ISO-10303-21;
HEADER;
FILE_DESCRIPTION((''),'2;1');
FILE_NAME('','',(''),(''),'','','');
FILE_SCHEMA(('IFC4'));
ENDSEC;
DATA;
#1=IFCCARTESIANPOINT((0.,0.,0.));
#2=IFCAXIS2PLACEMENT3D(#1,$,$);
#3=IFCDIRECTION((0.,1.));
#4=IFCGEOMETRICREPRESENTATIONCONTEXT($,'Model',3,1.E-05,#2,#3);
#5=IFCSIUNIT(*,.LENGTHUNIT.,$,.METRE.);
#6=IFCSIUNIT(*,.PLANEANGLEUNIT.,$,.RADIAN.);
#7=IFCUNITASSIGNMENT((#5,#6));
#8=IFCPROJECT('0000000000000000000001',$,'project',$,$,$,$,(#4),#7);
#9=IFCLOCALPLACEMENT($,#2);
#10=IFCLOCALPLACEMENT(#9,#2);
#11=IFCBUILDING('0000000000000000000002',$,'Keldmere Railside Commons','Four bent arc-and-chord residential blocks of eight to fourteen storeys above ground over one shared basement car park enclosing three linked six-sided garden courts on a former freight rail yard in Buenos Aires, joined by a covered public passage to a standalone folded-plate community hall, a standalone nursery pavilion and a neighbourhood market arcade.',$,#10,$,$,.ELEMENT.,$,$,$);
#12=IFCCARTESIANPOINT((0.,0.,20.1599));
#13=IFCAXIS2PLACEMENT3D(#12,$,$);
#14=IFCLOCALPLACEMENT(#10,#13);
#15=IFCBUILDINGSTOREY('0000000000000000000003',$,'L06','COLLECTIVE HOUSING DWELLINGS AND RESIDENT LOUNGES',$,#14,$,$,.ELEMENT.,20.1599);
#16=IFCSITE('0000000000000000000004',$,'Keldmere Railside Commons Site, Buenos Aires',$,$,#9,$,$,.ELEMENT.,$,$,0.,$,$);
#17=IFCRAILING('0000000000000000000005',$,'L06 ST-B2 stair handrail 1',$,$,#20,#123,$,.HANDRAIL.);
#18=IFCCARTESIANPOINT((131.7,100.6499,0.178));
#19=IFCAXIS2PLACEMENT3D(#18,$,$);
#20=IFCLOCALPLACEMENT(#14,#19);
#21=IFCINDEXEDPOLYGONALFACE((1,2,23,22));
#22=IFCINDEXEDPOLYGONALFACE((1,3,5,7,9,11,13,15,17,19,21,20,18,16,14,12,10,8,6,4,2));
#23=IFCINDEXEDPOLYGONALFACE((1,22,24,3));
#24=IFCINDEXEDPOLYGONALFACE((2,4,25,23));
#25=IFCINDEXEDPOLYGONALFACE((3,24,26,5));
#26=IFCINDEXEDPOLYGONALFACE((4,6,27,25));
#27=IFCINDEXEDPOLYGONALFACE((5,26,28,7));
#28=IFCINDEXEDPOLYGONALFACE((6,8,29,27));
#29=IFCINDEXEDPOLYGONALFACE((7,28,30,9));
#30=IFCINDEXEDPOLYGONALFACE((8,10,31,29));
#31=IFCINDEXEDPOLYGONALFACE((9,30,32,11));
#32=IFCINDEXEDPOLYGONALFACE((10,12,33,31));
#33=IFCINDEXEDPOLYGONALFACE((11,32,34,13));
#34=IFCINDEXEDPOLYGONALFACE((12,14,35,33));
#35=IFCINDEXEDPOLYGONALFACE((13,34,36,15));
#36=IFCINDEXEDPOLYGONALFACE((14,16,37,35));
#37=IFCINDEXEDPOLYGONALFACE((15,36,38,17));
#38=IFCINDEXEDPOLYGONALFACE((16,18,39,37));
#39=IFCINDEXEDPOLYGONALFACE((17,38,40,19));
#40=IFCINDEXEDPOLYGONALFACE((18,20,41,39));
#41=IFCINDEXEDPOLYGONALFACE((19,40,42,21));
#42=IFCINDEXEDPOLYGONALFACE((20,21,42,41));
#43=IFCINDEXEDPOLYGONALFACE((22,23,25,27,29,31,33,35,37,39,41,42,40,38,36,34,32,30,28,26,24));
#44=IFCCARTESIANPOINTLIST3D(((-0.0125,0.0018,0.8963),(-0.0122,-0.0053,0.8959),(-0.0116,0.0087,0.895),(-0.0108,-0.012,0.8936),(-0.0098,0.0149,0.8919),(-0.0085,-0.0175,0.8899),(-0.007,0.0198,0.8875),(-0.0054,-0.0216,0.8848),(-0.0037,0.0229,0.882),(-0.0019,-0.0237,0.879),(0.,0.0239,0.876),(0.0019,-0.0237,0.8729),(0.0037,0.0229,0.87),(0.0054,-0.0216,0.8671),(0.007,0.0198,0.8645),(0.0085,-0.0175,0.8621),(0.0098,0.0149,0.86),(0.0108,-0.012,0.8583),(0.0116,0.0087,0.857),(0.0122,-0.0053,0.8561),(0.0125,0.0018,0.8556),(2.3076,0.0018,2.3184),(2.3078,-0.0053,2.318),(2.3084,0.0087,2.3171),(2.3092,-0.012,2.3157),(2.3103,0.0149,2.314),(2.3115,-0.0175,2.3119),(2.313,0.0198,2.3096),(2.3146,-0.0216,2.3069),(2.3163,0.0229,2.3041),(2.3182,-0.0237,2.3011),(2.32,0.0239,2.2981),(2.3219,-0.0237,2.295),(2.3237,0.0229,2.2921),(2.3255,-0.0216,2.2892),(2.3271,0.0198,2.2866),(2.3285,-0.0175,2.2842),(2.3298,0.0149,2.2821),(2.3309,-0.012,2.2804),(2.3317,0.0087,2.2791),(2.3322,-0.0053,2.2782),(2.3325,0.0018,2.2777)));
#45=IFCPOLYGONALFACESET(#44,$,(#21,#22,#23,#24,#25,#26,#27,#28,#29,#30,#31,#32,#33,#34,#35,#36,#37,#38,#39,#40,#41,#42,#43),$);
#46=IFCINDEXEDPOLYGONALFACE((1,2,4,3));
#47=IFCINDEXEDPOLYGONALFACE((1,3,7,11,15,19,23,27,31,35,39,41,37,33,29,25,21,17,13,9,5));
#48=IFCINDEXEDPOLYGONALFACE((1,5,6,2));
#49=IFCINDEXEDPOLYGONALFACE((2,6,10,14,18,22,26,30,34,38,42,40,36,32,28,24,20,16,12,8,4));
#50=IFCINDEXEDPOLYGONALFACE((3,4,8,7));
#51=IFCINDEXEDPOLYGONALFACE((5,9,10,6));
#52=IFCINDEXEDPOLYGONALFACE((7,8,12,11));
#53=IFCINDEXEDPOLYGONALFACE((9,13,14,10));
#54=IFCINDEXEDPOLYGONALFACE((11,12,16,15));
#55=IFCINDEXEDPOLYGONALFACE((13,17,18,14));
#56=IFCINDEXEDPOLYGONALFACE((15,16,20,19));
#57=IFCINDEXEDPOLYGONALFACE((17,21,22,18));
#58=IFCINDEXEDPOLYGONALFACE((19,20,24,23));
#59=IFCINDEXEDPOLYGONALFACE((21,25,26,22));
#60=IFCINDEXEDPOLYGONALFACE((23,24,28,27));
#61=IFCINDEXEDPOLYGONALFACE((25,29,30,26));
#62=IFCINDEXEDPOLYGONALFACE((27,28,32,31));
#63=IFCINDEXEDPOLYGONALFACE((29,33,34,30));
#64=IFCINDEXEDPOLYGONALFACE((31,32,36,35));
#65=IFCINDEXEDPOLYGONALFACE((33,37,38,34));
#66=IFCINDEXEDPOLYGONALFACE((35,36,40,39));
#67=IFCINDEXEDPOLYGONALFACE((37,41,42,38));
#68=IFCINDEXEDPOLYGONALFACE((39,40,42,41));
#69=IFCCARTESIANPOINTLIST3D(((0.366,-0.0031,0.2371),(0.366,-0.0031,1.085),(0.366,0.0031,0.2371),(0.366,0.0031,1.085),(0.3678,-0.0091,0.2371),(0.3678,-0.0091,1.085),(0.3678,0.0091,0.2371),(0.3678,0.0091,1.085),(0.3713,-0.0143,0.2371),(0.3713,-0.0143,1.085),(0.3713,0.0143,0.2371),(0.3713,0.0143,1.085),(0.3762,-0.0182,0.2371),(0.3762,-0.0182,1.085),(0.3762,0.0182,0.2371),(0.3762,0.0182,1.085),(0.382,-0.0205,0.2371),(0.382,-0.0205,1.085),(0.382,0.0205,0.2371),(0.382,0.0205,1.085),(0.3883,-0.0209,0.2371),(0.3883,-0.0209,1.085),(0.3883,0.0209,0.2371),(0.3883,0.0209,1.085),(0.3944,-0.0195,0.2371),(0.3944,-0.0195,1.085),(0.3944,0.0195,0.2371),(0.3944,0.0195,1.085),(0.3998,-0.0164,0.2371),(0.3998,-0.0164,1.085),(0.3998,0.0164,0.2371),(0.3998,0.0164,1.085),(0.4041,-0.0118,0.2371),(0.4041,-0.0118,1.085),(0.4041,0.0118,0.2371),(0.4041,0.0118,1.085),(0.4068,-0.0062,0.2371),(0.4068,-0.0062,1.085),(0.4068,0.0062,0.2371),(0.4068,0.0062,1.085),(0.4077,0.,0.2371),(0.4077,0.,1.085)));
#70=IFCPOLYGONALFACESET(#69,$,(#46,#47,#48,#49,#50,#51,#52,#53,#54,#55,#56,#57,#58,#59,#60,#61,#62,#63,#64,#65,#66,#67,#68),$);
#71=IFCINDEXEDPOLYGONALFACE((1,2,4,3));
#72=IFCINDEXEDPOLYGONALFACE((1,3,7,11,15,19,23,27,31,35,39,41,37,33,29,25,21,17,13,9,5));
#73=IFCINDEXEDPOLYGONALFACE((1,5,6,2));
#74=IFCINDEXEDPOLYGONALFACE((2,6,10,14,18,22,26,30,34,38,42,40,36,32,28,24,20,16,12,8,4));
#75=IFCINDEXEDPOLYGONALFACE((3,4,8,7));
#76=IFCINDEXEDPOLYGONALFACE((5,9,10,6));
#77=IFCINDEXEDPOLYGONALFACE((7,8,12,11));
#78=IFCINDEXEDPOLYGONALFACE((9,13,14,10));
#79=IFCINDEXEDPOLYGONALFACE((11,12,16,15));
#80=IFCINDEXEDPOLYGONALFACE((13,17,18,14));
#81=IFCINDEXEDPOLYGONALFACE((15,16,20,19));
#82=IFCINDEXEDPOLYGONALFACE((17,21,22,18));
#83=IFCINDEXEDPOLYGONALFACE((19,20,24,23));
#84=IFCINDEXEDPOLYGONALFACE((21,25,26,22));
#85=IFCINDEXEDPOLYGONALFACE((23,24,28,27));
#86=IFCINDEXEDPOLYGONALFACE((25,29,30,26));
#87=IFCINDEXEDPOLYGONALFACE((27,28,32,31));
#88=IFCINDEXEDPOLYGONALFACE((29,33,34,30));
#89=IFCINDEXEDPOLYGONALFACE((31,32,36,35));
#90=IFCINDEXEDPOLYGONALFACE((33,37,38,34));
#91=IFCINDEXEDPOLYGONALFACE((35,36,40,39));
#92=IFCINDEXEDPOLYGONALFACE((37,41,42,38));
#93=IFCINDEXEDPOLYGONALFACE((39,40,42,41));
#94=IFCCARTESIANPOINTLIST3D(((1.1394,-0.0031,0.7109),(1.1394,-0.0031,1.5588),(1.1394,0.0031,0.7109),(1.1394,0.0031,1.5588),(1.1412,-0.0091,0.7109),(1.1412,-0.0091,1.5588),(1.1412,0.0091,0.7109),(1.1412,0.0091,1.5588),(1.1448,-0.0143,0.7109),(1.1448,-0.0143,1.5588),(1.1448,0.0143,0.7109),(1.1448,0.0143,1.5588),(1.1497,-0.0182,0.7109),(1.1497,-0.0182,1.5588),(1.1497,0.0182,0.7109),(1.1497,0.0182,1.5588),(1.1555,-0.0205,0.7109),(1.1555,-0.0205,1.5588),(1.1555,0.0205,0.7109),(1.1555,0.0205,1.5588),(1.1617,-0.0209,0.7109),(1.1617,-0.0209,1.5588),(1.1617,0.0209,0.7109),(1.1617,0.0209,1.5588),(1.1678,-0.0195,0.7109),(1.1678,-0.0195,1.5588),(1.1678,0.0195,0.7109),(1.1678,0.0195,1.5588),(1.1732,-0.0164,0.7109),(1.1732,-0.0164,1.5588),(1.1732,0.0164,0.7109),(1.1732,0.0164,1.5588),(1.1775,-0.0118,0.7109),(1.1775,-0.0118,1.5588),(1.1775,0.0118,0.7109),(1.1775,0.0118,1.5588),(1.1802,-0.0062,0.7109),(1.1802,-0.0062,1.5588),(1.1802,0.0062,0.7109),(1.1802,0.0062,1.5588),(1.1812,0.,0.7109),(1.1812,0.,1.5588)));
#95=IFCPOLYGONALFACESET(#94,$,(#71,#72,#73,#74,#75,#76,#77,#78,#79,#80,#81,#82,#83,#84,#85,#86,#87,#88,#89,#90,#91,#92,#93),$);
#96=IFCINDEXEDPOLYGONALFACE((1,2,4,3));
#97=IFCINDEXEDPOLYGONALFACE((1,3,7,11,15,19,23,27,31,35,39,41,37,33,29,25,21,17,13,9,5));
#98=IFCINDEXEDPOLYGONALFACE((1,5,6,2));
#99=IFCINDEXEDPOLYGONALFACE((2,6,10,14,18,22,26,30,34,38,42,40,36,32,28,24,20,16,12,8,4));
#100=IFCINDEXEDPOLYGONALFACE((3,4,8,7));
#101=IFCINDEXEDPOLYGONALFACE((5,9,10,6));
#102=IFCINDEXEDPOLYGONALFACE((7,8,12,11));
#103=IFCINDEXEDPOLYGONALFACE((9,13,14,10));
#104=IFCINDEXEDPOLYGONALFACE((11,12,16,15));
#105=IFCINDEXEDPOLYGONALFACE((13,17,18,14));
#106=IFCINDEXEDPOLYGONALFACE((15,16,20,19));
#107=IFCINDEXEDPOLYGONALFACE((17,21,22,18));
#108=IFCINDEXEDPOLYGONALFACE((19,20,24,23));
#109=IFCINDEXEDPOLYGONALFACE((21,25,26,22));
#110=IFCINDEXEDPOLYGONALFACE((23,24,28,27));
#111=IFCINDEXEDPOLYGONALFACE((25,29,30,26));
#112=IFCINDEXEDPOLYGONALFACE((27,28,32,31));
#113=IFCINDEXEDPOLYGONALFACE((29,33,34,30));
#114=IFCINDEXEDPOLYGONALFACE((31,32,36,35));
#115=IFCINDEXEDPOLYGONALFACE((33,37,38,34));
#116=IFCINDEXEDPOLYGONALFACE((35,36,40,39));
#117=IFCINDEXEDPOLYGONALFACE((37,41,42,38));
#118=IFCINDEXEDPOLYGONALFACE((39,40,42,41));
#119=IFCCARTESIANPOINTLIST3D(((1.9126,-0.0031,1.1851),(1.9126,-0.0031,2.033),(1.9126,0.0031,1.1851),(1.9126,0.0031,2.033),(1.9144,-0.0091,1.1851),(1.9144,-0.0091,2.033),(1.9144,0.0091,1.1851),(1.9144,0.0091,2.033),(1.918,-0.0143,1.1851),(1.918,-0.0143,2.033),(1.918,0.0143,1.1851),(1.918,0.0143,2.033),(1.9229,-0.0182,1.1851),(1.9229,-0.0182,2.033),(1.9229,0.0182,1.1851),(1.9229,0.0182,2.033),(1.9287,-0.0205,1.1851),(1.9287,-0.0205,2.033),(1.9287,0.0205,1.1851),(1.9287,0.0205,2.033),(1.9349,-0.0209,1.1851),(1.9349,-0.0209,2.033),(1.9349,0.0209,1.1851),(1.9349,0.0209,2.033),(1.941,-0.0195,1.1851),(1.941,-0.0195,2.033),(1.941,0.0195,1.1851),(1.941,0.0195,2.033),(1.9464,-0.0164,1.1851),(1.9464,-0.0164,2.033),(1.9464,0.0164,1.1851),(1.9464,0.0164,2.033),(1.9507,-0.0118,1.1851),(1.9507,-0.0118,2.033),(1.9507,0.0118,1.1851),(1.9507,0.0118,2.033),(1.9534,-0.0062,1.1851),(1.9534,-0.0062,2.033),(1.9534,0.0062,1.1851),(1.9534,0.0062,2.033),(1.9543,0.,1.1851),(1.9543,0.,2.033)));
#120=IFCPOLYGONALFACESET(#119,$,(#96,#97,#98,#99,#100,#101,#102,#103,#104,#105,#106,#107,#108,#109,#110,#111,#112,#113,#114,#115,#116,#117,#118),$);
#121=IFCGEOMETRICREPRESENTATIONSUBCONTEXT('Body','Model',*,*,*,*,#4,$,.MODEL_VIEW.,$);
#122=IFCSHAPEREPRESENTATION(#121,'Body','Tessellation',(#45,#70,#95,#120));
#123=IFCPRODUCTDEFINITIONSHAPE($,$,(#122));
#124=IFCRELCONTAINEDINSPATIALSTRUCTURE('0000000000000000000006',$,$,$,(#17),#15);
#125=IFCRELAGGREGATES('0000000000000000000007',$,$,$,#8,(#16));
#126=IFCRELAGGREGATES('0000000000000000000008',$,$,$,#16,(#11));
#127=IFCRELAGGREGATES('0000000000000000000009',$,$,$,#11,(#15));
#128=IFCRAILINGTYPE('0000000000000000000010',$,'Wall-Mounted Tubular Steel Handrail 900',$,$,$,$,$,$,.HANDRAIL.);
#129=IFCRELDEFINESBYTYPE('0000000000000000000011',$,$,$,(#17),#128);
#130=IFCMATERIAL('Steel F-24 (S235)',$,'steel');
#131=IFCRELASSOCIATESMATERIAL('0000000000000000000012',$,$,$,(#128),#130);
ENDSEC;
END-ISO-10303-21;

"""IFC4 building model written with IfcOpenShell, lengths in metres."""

from ifc_helpers import new_model, si_unit, direction, frame, origin, origin_2d, place, context, subcontext, project, spatial, circle, extrude, material, type_object, element, save


model = new_model("IFC4")

# Units and contexts
model_context = context("Model", 3, precision=1e-05, world=origin(), true_north=direction((0.0, 1.0)))
body_context = subcontext(model_context, "Body", "Model", "MODEL_VIEW")
ifc_project = project(units=[si_unit("LENGTHUNIT", "METRE"), si_unit("PLANEANGLEUNIT", "RADIAN")], contexts=[model_context])

# Site, building, storey
site_placement = place(None, origin())
site = spatial("IfcSite", under=ifc_project, at=site_placement, Name="Keldmere Railside Commons Site, Buenos Aires", CompositionType="ELEMENT", RefElevation=0.0)
building_placement = place(site_placement, origin())
building = spatial("IfcBuilding", under=site, at=building_placement, Name="Keldmere Railside Commons", Description="Four bent arc-and-chord residential blocks of eight to fourteen storeys above ground over one shared basement car park enclosing three linked six-sided garden courts on a former freight rail yard in Buenos Aires, joined by a covered public passage to a standalone folded-plate community hall, a standalone nursery pavilion and a neighbourhood market arcade.", CompositionType="ELEMENT")
storey_placement = place(building_placement, frame((0.0, 0.0, 20.1599)))
storey = spatial("IfcBuildingStorey", under=building, at=storey_placement, Name="L06", Description="COLLECTIVE HOUSING DWELLINGS AND RESIDENT LOUNGES", CompositionType="ELEMENT", Elevation=20.1599)

# Railing
ifc_material_1 = material(Name="Steel F-24 (S235)", Category="steel")
railing_type_1 = type_object("IfcRailingType", Name="Wall-Mounted Tubular Steel Handrail 900", PredefinedType="HANDRAIL", material=ifc_material_1)
railing_1_placement = place(storey_placement, frame((131.7, 100.6499, 0.178)))
element("IfcRailing", 1, at=railing_1_placement, inside=storey, type_object=railing_type_1, Name="L06 ST-B2 stair handrail 1", PredefinedType="HANDRAIL", context=body_context, shape_type="SweptSolid", body=[
    extrude(circle(Radius=0.0239, at=origin_2d()), frame((0.0, 0.0, 0.876), z_axis=(0.852578, 0.0, 0.5226), x_axis=(0.0, 1.0, 0.0)), (0.0, 0.0, 1.0), 2.7212),
    extrude(circle(Radius=0.021, at=origin_2d()), frame((0.3867, 0.0, 0.2371)), (0.0, 0.0, 1.0), 0.8479),
    extrude(circle(Radius=0.021, at=origin_2d()), frame((1.1602, 0.0, 0.7109)), (0.0, 0.0, 1.0), 0.8479),
    extrude(circle(Radius=0.021, at=origin_2d()), frame((1.9333, 0.0, 1.1851)), (0.0, 0.0, 1.0), 0.8479),
])

save(model, "model.ifc")
